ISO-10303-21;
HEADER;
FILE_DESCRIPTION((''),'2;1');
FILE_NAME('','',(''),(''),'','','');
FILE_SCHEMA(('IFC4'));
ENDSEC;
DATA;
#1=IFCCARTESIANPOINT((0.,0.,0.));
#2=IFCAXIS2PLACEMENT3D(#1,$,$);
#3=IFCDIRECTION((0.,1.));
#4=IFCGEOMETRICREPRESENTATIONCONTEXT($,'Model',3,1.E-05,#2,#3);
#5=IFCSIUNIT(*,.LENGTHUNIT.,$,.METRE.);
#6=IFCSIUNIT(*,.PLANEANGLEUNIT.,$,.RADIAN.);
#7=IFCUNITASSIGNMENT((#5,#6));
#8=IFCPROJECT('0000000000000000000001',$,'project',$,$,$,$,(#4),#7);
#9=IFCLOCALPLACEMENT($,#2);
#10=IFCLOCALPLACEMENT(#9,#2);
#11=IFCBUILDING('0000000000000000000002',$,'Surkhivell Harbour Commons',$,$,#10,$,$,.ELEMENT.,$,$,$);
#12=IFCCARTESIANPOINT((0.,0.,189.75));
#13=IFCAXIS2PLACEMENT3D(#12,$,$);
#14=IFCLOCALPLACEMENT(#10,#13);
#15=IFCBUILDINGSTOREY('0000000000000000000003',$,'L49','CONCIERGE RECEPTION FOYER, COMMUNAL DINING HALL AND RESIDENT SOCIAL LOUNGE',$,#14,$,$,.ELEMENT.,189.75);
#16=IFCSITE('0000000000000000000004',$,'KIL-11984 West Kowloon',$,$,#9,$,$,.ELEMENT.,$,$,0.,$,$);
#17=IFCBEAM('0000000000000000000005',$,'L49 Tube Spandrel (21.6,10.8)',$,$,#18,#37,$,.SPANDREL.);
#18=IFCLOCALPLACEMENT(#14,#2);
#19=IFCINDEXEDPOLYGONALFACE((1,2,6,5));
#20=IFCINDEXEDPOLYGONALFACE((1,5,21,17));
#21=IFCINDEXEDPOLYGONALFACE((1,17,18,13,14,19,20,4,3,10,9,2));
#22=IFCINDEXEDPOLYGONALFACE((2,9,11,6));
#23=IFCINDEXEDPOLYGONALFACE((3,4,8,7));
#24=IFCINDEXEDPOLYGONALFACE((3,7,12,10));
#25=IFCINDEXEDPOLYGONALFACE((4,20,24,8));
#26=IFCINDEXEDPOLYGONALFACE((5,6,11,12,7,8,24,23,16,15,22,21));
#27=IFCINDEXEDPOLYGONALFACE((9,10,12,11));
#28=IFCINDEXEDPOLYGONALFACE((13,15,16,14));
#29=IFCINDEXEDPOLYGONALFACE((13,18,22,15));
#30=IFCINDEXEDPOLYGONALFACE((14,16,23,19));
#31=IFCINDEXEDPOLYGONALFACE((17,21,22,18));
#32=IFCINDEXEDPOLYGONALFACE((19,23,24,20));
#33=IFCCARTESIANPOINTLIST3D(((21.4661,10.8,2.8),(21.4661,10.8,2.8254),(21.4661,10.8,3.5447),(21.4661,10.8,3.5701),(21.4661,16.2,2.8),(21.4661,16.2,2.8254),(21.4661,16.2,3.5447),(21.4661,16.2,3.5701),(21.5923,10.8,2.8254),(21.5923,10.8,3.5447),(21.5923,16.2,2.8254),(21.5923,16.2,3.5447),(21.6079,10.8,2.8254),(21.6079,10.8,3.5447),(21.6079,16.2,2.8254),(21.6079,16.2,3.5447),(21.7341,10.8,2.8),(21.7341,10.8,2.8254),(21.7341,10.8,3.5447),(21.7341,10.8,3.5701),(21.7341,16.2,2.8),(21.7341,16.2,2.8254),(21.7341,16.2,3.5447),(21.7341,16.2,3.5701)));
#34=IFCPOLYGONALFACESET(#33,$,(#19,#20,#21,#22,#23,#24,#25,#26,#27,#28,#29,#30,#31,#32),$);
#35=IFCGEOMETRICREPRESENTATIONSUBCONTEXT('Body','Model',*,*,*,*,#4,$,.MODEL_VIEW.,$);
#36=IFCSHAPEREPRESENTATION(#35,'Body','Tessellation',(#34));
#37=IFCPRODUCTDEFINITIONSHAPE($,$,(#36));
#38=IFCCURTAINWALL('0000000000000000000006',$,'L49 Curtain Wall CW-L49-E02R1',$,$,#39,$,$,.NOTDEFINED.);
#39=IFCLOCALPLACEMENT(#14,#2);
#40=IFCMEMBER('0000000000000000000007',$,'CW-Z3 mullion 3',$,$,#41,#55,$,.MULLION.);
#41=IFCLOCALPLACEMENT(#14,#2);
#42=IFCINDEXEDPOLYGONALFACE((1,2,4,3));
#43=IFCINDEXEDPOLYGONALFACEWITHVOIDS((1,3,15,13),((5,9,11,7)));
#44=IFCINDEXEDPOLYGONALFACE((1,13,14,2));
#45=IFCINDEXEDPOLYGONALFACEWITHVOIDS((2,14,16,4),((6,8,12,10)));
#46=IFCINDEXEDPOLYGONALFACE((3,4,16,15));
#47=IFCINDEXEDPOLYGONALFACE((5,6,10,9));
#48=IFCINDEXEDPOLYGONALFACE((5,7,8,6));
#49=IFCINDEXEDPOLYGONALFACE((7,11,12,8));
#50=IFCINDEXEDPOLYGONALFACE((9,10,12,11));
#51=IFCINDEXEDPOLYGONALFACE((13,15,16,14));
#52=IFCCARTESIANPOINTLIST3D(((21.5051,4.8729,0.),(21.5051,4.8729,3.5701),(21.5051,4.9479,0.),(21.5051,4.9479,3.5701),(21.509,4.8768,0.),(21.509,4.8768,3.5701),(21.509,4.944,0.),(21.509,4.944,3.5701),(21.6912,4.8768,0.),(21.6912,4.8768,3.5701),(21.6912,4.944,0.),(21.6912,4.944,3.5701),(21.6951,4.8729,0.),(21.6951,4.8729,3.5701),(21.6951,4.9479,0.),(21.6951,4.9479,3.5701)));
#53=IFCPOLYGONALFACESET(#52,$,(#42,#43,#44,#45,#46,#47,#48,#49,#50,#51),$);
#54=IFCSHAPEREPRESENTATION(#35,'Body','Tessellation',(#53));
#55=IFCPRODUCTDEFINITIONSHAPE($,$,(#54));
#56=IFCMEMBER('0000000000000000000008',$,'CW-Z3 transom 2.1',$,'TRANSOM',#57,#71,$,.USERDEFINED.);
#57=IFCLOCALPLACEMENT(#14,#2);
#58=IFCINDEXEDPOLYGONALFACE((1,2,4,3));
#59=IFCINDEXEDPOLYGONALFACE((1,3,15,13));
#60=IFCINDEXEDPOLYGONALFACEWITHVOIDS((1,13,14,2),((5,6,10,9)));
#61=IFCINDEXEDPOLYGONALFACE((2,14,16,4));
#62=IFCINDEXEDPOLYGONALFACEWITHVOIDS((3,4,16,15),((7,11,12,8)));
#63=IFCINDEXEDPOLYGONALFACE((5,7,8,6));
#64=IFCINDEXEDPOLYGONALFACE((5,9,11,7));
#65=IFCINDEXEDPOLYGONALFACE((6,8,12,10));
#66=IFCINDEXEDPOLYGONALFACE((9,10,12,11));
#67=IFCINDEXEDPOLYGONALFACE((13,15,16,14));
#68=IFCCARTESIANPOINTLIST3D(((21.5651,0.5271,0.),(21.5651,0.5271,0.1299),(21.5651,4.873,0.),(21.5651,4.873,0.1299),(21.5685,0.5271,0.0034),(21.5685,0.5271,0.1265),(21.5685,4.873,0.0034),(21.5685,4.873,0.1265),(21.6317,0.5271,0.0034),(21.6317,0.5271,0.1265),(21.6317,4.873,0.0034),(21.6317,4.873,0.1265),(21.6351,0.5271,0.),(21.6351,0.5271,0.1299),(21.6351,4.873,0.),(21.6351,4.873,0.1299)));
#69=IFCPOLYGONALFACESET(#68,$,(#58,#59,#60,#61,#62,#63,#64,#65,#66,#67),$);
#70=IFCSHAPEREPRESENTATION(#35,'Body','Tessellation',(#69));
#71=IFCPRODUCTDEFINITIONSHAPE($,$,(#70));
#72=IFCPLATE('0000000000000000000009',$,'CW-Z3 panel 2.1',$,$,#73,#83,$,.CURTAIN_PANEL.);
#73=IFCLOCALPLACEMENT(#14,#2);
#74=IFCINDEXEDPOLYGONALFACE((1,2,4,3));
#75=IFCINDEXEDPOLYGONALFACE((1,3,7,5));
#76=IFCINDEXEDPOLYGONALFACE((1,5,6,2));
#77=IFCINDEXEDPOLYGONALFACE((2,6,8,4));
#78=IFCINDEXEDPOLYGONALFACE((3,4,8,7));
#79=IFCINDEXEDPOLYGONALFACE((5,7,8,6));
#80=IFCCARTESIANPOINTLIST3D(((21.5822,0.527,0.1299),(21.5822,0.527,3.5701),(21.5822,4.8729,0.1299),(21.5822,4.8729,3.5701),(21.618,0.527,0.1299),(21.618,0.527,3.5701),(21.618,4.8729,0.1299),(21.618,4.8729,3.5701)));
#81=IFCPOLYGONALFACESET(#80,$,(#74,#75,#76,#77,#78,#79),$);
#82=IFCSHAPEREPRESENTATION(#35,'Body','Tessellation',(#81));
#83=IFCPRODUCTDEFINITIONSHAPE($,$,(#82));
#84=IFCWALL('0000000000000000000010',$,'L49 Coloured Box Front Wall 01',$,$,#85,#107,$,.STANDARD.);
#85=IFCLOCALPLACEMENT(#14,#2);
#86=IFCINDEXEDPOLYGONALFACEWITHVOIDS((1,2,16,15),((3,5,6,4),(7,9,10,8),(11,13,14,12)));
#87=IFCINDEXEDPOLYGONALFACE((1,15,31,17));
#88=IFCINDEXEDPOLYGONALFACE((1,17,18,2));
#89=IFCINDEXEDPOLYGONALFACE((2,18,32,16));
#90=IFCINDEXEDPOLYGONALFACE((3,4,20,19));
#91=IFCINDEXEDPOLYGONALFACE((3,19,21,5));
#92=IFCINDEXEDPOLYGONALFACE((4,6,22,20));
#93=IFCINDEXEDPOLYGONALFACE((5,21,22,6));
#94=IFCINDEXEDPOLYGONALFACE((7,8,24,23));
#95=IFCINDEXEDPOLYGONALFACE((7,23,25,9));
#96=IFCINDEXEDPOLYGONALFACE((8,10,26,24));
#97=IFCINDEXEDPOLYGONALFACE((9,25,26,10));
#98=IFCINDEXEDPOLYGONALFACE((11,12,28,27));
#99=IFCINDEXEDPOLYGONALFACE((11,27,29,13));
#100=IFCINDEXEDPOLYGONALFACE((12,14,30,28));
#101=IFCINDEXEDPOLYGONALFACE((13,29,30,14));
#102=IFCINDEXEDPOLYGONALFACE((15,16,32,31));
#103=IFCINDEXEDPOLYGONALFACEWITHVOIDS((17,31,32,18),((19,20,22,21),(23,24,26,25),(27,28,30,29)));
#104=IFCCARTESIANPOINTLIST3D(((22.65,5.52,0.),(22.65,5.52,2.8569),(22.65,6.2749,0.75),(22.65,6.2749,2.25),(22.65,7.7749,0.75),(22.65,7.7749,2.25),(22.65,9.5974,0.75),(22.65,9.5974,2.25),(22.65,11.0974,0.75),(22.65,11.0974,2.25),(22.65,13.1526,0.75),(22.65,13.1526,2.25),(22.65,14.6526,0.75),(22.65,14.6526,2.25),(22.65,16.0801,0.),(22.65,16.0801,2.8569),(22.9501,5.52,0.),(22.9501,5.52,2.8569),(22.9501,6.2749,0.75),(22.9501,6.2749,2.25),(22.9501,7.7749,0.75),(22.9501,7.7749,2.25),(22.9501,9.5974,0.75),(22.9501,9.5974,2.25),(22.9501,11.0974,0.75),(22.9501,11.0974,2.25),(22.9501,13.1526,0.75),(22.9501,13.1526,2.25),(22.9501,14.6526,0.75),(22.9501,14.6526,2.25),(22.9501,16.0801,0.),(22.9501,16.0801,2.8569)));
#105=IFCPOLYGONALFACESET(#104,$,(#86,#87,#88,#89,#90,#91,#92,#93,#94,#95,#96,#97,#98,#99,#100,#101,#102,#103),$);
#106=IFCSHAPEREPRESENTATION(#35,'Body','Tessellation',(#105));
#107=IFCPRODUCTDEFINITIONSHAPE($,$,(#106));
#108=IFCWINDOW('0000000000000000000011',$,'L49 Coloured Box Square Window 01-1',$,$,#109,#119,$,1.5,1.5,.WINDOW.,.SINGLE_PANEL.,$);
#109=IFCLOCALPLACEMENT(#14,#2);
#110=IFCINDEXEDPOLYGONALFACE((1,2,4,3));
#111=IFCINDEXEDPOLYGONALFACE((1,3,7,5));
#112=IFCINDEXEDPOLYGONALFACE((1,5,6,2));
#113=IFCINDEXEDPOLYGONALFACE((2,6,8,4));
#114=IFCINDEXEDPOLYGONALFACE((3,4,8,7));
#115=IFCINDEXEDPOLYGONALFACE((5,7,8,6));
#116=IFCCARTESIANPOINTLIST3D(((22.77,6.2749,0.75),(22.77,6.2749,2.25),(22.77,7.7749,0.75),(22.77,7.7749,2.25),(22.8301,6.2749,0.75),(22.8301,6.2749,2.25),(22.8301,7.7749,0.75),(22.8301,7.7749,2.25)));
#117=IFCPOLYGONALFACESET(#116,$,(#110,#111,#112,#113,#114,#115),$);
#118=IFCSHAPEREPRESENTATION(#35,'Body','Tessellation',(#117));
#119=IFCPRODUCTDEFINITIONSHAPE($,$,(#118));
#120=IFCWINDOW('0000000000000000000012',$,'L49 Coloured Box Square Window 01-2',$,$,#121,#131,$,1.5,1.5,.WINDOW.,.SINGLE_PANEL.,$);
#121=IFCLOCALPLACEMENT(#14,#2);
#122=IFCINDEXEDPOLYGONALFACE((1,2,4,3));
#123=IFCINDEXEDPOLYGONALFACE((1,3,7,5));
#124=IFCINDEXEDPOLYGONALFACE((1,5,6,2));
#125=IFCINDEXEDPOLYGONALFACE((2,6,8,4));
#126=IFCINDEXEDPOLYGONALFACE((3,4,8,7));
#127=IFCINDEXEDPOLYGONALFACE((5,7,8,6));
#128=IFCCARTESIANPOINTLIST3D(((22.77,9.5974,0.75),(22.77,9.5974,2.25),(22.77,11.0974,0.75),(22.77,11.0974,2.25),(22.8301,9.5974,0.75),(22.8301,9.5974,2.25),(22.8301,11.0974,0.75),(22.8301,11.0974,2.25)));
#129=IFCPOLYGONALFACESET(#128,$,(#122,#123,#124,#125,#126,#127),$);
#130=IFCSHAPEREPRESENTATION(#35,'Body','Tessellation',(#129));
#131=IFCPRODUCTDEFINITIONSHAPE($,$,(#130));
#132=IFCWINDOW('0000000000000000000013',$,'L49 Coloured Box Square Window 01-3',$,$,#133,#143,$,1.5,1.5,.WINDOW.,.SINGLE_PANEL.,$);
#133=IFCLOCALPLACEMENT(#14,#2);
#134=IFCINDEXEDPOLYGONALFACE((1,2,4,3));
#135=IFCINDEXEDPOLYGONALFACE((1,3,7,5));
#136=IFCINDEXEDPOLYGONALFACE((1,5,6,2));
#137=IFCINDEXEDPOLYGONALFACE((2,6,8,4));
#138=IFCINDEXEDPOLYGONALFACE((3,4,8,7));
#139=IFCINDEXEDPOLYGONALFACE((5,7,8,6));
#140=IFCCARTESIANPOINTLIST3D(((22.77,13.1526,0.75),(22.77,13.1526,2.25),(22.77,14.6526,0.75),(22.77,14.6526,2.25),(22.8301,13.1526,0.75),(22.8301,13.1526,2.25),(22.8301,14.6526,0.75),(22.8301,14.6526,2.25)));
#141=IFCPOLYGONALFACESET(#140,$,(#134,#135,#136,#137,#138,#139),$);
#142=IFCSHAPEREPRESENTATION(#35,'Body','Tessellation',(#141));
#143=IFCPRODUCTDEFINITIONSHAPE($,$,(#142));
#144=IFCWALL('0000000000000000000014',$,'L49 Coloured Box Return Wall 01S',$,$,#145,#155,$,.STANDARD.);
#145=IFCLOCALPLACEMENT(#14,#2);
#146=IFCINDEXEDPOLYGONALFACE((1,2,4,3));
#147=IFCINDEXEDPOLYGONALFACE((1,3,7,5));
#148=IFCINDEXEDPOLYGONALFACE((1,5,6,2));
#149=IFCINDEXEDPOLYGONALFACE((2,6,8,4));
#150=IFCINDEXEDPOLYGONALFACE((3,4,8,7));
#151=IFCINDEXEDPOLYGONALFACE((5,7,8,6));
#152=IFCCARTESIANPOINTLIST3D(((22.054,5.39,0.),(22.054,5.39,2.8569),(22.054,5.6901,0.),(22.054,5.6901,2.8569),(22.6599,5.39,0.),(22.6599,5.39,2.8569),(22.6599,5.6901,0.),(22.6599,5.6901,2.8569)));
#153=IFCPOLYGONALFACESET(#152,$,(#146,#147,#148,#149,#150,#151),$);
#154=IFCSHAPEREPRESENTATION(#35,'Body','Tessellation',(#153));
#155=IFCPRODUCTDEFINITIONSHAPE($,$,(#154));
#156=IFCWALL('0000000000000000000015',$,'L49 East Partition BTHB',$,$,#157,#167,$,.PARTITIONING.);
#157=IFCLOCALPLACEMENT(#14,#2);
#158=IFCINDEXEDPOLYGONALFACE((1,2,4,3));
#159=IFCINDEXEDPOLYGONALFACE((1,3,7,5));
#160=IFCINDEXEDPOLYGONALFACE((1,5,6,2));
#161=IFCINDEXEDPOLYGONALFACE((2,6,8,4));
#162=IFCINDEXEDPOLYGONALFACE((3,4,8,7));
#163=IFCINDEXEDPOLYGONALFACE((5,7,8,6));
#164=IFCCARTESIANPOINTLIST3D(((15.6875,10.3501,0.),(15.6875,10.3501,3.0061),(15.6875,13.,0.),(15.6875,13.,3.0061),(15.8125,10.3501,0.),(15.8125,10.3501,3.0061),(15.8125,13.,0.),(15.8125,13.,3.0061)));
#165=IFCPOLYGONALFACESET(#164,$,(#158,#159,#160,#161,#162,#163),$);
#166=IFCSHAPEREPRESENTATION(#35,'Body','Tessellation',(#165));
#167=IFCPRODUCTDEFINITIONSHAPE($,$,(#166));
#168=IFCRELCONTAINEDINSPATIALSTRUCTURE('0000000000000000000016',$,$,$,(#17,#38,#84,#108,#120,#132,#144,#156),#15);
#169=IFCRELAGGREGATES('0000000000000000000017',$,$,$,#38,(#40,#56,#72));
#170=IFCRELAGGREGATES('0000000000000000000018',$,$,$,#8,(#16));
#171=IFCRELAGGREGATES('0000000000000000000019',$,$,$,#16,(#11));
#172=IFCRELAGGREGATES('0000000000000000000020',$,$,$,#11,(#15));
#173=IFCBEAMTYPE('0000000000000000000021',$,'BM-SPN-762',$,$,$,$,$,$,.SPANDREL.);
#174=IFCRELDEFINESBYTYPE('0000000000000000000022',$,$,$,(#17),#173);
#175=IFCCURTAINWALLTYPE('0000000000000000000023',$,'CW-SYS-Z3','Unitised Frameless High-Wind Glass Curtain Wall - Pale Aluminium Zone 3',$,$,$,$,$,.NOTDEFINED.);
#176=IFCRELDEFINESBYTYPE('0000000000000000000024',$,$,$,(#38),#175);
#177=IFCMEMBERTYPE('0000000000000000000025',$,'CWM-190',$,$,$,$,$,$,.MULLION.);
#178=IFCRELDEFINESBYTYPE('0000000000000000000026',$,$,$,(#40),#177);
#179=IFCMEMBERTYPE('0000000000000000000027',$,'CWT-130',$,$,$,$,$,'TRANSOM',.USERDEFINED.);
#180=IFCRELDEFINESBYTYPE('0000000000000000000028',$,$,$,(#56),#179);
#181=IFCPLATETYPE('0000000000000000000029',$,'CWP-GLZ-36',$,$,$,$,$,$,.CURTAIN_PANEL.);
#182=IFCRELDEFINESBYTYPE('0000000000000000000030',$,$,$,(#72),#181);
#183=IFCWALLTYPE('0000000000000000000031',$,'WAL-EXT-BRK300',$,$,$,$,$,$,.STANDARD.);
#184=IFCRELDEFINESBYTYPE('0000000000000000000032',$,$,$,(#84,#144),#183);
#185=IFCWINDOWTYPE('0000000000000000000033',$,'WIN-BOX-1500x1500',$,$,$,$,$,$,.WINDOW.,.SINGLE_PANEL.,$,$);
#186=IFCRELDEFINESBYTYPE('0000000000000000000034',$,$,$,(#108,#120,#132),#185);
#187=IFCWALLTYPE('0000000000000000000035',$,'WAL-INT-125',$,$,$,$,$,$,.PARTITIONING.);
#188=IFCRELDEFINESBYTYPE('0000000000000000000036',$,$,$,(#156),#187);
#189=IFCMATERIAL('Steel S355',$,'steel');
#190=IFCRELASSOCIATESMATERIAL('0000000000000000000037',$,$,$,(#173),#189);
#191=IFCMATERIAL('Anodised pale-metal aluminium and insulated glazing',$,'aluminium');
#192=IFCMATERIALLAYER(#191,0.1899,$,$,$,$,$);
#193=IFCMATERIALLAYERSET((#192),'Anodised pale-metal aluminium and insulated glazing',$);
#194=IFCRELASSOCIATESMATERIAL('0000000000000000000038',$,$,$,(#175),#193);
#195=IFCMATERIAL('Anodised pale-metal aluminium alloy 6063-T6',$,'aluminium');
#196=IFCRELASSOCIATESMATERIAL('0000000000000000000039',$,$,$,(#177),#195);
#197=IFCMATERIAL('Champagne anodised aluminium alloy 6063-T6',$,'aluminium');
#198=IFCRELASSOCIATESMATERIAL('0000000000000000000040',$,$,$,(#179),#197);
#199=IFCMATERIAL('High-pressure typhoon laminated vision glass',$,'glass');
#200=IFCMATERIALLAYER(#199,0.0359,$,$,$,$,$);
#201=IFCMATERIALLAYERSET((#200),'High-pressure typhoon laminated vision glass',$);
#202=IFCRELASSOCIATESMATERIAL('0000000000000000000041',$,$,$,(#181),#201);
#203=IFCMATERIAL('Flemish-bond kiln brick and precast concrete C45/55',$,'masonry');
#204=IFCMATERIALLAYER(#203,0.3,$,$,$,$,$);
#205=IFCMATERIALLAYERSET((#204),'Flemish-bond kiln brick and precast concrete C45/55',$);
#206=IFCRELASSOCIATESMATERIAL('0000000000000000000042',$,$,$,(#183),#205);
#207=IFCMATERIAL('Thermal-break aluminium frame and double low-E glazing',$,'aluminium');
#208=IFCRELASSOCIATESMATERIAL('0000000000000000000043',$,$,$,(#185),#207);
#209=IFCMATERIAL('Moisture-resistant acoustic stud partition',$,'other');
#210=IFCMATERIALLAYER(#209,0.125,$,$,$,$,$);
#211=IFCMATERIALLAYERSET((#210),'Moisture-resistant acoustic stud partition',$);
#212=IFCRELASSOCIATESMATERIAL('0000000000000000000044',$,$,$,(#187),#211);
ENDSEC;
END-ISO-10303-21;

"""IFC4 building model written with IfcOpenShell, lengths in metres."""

from ifc_helpers import new_model, si_unit, direction, frame, frame_2d, origin, origin_2d, place, context, subcontext, project, spatial, rectangle, hollow_rectangle, i_section, extrude, material, layer, layer_set, material_profile, profile_set, type_object, element, fill, aggregate, save


model = new_model("IFC4")

# Units and contexts
model_context = context("Model", 3, precision=1e-05, world=origin(), true_north=direction((0.0, 1.0)))
body_context = subcontext(model_context, "Body", "Model", "MODEL_VIEW")
ifc_project = project(units=[si_unit("LENGTHUNIT", "METRE"), si_unit("PLANEANGLEUNIT", "RADIAN")], contexts=[model_context])

# Site, building, storey
site_placement = place(None, origin())
site = spatial("IfcSite", under=ifc_project, at=site_placement, Name="KIL-11984 West Kowloon", CompositionType="ELEMENT", RefElevation=0.0)
building_placement = place(site_placement, origin())
building = spatial("IfcBuilding", under=site, at=building_placement, Name="Surkhivell Harbour Commons", CompositionType="ELEMENT")
storey_placement = place(building_placement, frame((0.0, 0.0, 189.75)))
storey = spatial("IfcBuildingStorey", under=building, at=storey_placement, Name="L49", Description="CONCIERGE RECEPTION FOYER, COMMUNAL DINING HALL AND RESIDENT SOCIAL LOUNGE", CompositionType="ELEMENT", Elevation=189.75)

# Beam
ifc_material_1 = material(Name="Steel S355", Category="steel")
ifc_material_profile_1 = material_profile(ifc_material_1, i_section(OverallWidth=0.2681, OverallDepth=0.77, WebThickness=0.0156, FlangeThickness=0.0254, at=origin_2d()), Name="UB762x267x197")
ifc_profile_set_1 = profile_set([ifc_material_profile_1], Name="Steel S355")
beam_type_1 = type_object("IfcBeamType", Name="BM-SPN-762", PredefinedType="SPANDREL", material=ifc_profile_set_1)
beam_1_placement = place(storey_placement, frame((21.6001, 10.8, 3.1851), z_axis=(0.0, 1.0, 0.0), x_axis=(-1.0, 0.0, 0.0)))
element("IfcBeam", 1, at=beam_1_placement, inside=storey, type_object=beam_type_1, Name="L49 Tube Spandrel (21.6,10.8)", PredefinedType="SPANDREL", context=body_context, shape_type="SweptSolid", body=[
    extrude(i_section(OverallWidth=0.2681, OverallDepth=0.77, WebThickness=0.0156, FlangeThickness=0.0254, at=origin_2d()), origin(), (0.0, 0.0, 1.0), 5.3999),
])

# Curtain wall, members, plate
ifc_material_2 = material(Name="Anodised pale-metal aluminium and insulated glazing", Category="aluminium")
ifc_layer_1 = layer(ifc_material_2, 0.1899)
ifc_layer_set_1 = layer_set([ifc_layer_1], Name="Anodised pale-metal aluminium and insulated glazing")
curtain_wall_type = type_object("IfcCurtainWallType", Name="CW-SYS-Z3", Description="Unitised Frameless High-Wind Glass Curtain Wall - Pale Aluminium Zone 3", PredefinedType="NOTDEFINED", material=ifc_layer_set_1)
curtain_wall_placement = place(storey_placement, origin())
curtain_wall = element("IfcCurtainWall", 2, at=curtain_wall_placement, inside=storey, type_object=curtain_wall_type, Name="L49 Curtain Wall CW-L49-E02R1", PredefinedType="NOTDEFINED")
ifc_material_3 = material(Name="Anodised pale-metal aluminium alloy 6063-T6", Category="aluminium")
ifc_material_profile_2 = material_profile(ifc_material_3, hollow_rectangle(XDim=0.075, YDim=0.1899, WallThickness=0.0039, at=origin_2d()), Name="ALU-MULL-75x190")
ifc_profile_set_2 = profile_set([ifc_material_profile_2], Name="Anodised pale-metal aluminium alloy 6063-T6")
member_type_1 = type_object("IfcMemberType", Name="CWM-190", PredefinedType="MULLION", material=ifc_profile_set_2)
member_1_placement = place(storey_placement, frame((21.6001, 4.9104, 0.0), z_axis=(0.0, 0.0, 1.0), x_axis=(0.0, 1.0, 0.0)))
member_1 = element("IfcMember", 3, at=member_1_placement, type_object=member_type_1, Name="CW-Z3 mullion 3", PredefinedType="MULLION", context=body_context, shape_type="SweptSolid", body=[
    extrude(hollow_rectangle(XDim=0.075, YDim=0.1899, WallThickness=0.0039, at=origin_2d()), origin(), (0.0, 0.0, 1.0), 3.5701),
])
ifc_material_4 = material(Name="Champagne anodised aluminium alloy 6063-T6", Category="aluminium")
ifc_material_profile_3 = material_profile(ifc_material_4, hollow_rectangle(XDim=0.0701, YDim=0.1299, WallThickness=0.0034, at=origin_2d()), Name="ALU-TRAN-70x130")
ifc_profile_set_3 = profile_set([ifc_material_profile_3], Name="Champagne anodised aluminium alloy 6063-T6")
member_type_2 = type_object("IfcMemberType", Name="CWT-130", ElementType="TRANSOM", PredefinedType="USERDEFINED", material=ifc_profile_set_3)
member_2_placement = place(storey_placement, frame((21.6001, 0.5271, 0.0649), z_axis=(0.0, 1.0, 0.0), x_axis=(-1.0, 0.0, 0.0)))
member_2 = element("IfcMember", 4, at=member_2_placement, type_object=member_type_2, Name="CW-Z3 transom 2.1", ObjectType="TRANSOM", PredefinedType="USERDEFINED", context=body_context, shape_type="SweptSolid", body=[
    extrude(hollow_rectangle(XDim=0.0701, YDim=0.1299, WallThickness=0.0034, at=origin_2d()), origin(), (0.0, 0.0, 1.0), 4.3459),
])
ifc_material_5 = material(Name="High-pressure typhoon laminated vision glass", Category="glass")
ifc_layer_2 = layer(ifc_material_5, 0.0359)
ifc_layer_set_2 = layer_set([ifc_layer_2], Name="High-pressure typhoon laminated vision glass")
plate_type = type_object("IfcPlateType", Name="CWP-GLZ-36", PredefinedType="CURTAIN_PANEL", material=ifc_layer_set_2)
plate_placement = place(storey_placement, frame((21.6001, 0.5271, 0.1299), z_axis=(0.0, 0.0, 1.0), x_axis=(0.0, 1.0, 0.0)))
plate = element("IfcPlate", 5, at=plate_placement, type_object=plate_type, Name="CW-Z3 panel 2.1", PredefinedType="CURTAIN_PANEL", context=body_context, shape_type="SweptSolid", body=[
    extrude(rectangle(XDim=4.3459, YDim=0.0359, at=frame_2d((2.1729, 0.0))), origin(), (0.0, 0.0, 1.0), 3.4402),
])
aggregate(curtain_wall, [member_1, member_2, plate])

# Wall, openings, windows
ifc_material_6 = material(Name="Flemish-bond kiln brick and precast concrete C45/55", Category="masonry")
ifc_layer_3 = layer(ifc_material_6, 0.3)
ifc_layer_set_3 = layer_set([ifc_layer_3], Name="Flemish-bond kiln brick and precast concrete C45/55")
wall_type_1 = type_object("IfcWallType", Name="WAL-EXT-BRK300", PredefinedType="STANDARD", material=ifc_layer_set_3)
wall_1_placement = place(storey_placement, frame((22.8, 5.52, 0.0), z_axis=(0.0, 0.0, 1.0), x_axis=(0.0, 1.0, 0.0)))
wall_1 = element("IfcWall", 6, at=wall_1_placement, inside=storey, type_object=wall_type_1, Name="L49 Coloured Box Front Wall 01", PredefinedType="STANDARD", context=body_context, shape_type="SweptSolid", body=[
    extrude(rectangle(XDim=10.5601, YDim=0.3, at=frame_2d((5.28, 0.0))), origin(), (0.0, 0.0, 1.0), 2.8569),
])
opening_1_placement = place(wall_1_placement, frame((0.7549, 0.0, 0.75)))
opening_1 = element("IfcOpeningElement", 7, at=opening_1_placement, cuts=wall_1, PredefinedType="OPENING", context=body_context, shape_type="SweptSolid", body=[
    extrude(rectangle(XDim=1.5, YDim=1.5, at=frame_2d((0.75, 0.75))), frame((0.0, 0.1599, 0.0), z_axis=(0.0, -1.0, 0.0), x_axis=(1.0, 0.0, 0.0)), (0.0, 0.0, 1.0), 0.3201),
])
opening_2_placement = place(wall_1_placement, frame((4.0774, 0.0, 0.75)))
opening_2 = element("IfcOpeningElement", 8, at=opening_2_placement, cuts=wall_1, PredefinedType="OPENING", context=body_context, shape_type="SweptSolid", body=[
    extrude(rectangle(XDim=1.5, YDim=1.5, at=frame_2d((0.75, 0.75))), frame((0.0, 0.1599, 0.0), z_axis=(0.0, -1.0, 0.0), x_axis=(1.0, 0.0, 0.0)), (0.0, 0.0, 1.0), 0.3201),
])
opening_3_placement = place(wall_1_placement, frame((7.6326, 0.0, 0.75)))
opening_3 = element("IfcOpeningElement", 9, at=opening_3_placement, cuts=wall_1, PredefinedType="OPENING", context=body_context, shape_type="SweptSolid", body=[
    extrude(rectangle(XDim=1.5, YDim=1.5, at=frame_2d((0.75, 0.75))), frame((0.0, 0.1599, 0.0), z_axis=(0.0, -1.0, 0.0), x_axis=(1.0, 0.0, 0.0)), (0.0, 0.0, 1.0), 0.3201),
])
ifc_material_7 = material(Name="Thermal-break aluminium frame and double low-E glazing", Category="aluminium")
window_type = type_object("IfcWindowType", Name="WIN-BOX-1500x1500", PartitioningType="SINGLE_PANEL", PredefinedType="WINDOW", material=ifc_material_7)
window_1_placement = place(opening_1_placement, origin())
window_1 = element("IfcWindow", 10, at=window_1_placement, inside=storey, type_object=window_type, Name="L49 Coloured Box Square Window 01-1", OverallHeight=1.5, OverallWidth=1.5, PartitioningType="SINGLE_PANEL", PredefinedType="WINDOW", context=body_context, shape_type="SweptSolid", body=[
    extrude(rectangle(XDim=1.5, YDim=1.5, at=frame_2d((0.75, 0.75))), frame((0.0, 0.03, 0.0), z_axis=(0.0, -1.0, 0.0), x_axis=(1.0, 0.0, 0.0)), (0.0, 0.0, 1.0), 0.0601),
])
fill(opening_1, window_1)
window_2_placement = place(opening_2_placement, origin())
window_2 = element("IfcWindow", 11, at=window_2_placement, inside=storey, type_object=window_type, Name="L49 Coloured Box Square Window 01-2", OverallHeight=1.5, OverallWidth=1.5, PartitioningType="SINGLE_PANEL", PredefinedType="WINDOW", context=body_context, shape_type="SweptSolid", body=[
    extrude(rectangle(XDim=1.5, YDim=1.5, at=frame_2d((0.75, 0.75))), frame((0.0, 0.03, 0.0), z_axis=(0.0, -1.0, 0.0), x_axis=(1.0, 0.0, 0.0)), (0.0, 0.0, 1.0), 0.0601),
])
fill(opening_2, window_2)
window_3_placement = place(opening_3_placement, origin())
window_3 = element("IfcWindow", 12, at=window_3_placement, inside=storey, type_object=window_type, Name="L49 Coloured Box Square Window 01-3", OverallHeight=1.5, OverallWidth=1.5, PartitioningType="SINGLE_PANEL", PredefinedType="WINDOW", context=body_context, shape_type="SweptSolid", body=[
    extrude(rectangle(XDim=1.5, YDim=1.5, at=frame_2d((0.75, 0.75))), frame((0.0, 0.03, 0.0), z_axis=(0.0, -1.0, 0.0), x_axis=(1.0, 0.0, 0.0)), (0.0, 0.0, 1.0), 0.0601),
])
fill(opening_3, window_3)

# Walls
wall_2_placement = place(storey_placement, frame((22.054, 5.54, 0.0), z_axis=(0.0, 0.0, 1.0), x_axis=(1.0, 0.0, 0.0)))
element("IfcWall", 13, at=wall_2_placement, inside=storey, type_object=wall_type_1, Name="L49 Coloured Box Return Wall 01S", PredefinedType="STANDARD", context=body_context, shape_type="SweptSolid", body=[
    extrude(rectangle(XDim=0.606, YDim=0.3, at=frame_2d((0.303, 0.0))), origin(), (0.0, 0.0, 1.0), 2.8569),
])
ifc_material_8 = material(Name="Moisture-resistant acoustic stud partition", Category="other")
ifc_layer_4 = layer(ifc_material_8, 0.125)
ifc_layer_set_4 = layer_set([ifc_layer_4], Name="Moisture-resistant acoustic stud partition")
wall_type_2 = type_object("IfcWallType", Name="WAL-INT-125", PredefinedType="PARTITIONING", material=ifc_layer_set_4)
wall_3_placement = place(storey_placement, frame((15.75, 10.3501, 0.0), z_axis=(0.0, 0.0, 1.0), x_axis=(0.0, 1.0, 0.0)))
element("IfcWall", 14, at=wall_3_placement, inside=storey, type_object=wall_type_2, Name="L49 East Partition BTHB", PredefinedType="PARTITIONING", context=body_context, shape_type="SweptSolid", body=[
    extrude(rectangle(XDim=2.6499, YDim=0.125, at=frame_2d((1.325, 0.0))), origin(), (0.0, 0.0, 1.0), 3.0061),
])

save(model, "model.ifc")
